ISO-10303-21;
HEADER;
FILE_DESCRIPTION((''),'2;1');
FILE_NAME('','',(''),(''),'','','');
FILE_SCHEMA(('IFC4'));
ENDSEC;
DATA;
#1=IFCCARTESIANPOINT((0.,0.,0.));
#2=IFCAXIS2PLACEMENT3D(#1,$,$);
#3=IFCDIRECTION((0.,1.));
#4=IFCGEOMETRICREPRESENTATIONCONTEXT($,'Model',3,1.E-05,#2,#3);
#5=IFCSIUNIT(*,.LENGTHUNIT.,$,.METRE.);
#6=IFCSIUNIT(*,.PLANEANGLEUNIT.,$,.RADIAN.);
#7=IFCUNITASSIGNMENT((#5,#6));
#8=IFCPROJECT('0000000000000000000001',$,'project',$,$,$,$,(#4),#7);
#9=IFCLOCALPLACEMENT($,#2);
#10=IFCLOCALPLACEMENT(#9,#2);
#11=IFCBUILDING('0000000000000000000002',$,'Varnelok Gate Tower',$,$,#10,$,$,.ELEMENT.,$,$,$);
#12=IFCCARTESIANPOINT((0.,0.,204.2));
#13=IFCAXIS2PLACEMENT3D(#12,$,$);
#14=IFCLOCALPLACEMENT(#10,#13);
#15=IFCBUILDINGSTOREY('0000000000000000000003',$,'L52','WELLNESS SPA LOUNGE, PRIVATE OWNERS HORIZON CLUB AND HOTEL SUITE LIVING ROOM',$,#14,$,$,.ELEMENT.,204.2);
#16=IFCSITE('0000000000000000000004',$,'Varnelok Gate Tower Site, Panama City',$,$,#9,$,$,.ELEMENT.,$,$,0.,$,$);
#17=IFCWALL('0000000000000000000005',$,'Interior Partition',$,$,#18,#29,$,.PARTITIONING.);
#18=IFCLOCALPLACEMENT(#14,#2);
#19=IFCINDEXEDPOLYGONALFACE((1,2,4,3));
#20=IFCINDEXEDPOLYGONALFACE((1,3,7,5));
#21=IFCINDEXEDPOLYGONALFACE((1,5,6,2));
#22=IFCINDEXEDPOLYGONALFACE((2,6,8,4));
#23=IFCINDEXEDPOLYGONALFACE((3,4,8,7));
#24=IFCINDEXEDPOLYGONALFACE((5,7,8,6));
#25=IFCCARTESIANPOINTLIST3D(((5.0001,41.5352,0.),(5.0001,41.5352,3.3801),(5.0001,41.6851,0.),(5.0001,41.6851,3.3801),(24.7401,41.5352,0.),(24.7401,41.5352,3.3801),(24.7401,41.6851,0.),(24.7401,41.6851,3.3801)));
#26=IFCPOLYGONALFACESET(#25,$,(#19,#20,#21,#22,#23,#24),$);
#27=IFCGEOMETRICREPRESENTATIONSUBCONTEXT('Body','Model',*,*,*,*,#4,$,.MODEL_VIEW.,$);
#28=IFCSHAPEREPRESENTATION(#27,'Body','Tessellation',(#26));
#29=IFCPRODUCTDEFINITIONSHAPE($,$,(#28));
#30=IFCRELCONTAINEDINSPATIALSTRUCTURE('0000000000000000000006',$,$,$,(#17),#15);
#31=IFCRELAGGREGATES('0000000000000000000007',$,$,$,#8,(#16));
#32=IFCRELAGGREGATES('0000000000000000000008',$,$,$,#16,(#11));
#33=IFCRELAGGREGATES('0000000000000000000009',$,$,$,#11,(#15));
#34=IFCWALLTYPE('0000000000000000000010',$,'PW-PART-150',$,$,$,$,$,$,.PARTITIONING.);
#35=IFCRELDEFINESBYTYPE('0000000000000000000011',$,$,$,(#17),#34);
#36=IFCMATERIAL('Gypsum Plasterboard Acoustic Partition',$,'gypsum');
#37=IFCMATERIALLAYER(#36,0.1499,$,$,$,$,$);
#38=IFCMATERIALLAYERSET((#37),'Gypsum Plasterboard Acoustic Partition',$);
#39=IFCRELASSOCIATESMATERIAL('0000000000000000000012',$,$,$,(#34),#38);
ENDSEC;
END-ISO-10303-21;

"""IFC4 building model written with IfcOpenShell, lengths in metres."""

from ifc_helpers import new_model, si_unit, direction, frame, frame_2d, origin, place, context, subcontext, project, spatial, rectangle, extrude, material, layer, layer_set, type_object, element, save


model = new_model("IFC4")

# Units and contexts
model_context = context("Model", 3, precision=1e-05, world=origin(), true_north=direction((0.0, 1.0)))
body_context = subcontext(model_context, "Body", "Model", "MODEL_VIEW")
ifc_project = project(units=[si_unit("LENGTHUNIT", "METRE"), si_unit("PLANEANGLEUNIT", "RADIAN")], contexts=[model_context])

# Site, building, storey
site_placement = place(None, origin())
site = spatial("IfcSite", under=ifc_project, at=site_placement, Name="Varnelok Gate Tower Site, Panama City", CompositionType="ELEMENT", RefElevation=0.0)
building_placement = place(site_placement, origin())
building = spatial("IfcBuilding", under=site, at=building_placement, Name="Varnelok Gate Tower", CompositionType="ELEMENT")
storey_placement = place(building_placement, frame((0.0, 0.0, 204.2)))
storey = spatial("IfcBuildingStorey", under=building, at=storey_placement, Name="L52", Description="WELLNESS SPA LOUNGE, PRIVATE OWNERS HORIZON CLUB AND HOTEL SUITE LIVING ROOM", CompositionType="ELEMENT", Elevation=204.2)

# Wall
ifc_material_1 = material(Name="Gypsum Plasterboard Acoustic Partition", Category="gypsum")
ifc_layer_1 = layer(ifc_material_1, 0.1499)
ifc_layer_set_1 = layer_set([ifc_layer_1], Name="Gypsum Plasterboard Acoustic Partition")
wall_type_1 = type_object("IfcWallType", Name="PW-PART-150", PredefinedType="PARTITIONING", material=ifc_layer_set_1)
wall_1_placement = place(storey_placement, frame((5.0, 41.6101, 0.0), z_axis=(0.0, 0.0, 1.0), x_axis=(1.0, 0.0, 0.0)))
element("IfcWall", 1, at=wall_1_placement, inside=storey, type_object=wall_type_1, Name="Interior Partition", PredefinedType="PARTITIONING", context=body_context, shape_type="SweptSolid", body=[
    extrude(rectangle(XDim=19.74, YDim=0.1499, at=frame_2d((9.8701, 0.0))), origin(), (0.0, 0.0, 1.0), 3.3801),
])

save(model, "model.ifc")
